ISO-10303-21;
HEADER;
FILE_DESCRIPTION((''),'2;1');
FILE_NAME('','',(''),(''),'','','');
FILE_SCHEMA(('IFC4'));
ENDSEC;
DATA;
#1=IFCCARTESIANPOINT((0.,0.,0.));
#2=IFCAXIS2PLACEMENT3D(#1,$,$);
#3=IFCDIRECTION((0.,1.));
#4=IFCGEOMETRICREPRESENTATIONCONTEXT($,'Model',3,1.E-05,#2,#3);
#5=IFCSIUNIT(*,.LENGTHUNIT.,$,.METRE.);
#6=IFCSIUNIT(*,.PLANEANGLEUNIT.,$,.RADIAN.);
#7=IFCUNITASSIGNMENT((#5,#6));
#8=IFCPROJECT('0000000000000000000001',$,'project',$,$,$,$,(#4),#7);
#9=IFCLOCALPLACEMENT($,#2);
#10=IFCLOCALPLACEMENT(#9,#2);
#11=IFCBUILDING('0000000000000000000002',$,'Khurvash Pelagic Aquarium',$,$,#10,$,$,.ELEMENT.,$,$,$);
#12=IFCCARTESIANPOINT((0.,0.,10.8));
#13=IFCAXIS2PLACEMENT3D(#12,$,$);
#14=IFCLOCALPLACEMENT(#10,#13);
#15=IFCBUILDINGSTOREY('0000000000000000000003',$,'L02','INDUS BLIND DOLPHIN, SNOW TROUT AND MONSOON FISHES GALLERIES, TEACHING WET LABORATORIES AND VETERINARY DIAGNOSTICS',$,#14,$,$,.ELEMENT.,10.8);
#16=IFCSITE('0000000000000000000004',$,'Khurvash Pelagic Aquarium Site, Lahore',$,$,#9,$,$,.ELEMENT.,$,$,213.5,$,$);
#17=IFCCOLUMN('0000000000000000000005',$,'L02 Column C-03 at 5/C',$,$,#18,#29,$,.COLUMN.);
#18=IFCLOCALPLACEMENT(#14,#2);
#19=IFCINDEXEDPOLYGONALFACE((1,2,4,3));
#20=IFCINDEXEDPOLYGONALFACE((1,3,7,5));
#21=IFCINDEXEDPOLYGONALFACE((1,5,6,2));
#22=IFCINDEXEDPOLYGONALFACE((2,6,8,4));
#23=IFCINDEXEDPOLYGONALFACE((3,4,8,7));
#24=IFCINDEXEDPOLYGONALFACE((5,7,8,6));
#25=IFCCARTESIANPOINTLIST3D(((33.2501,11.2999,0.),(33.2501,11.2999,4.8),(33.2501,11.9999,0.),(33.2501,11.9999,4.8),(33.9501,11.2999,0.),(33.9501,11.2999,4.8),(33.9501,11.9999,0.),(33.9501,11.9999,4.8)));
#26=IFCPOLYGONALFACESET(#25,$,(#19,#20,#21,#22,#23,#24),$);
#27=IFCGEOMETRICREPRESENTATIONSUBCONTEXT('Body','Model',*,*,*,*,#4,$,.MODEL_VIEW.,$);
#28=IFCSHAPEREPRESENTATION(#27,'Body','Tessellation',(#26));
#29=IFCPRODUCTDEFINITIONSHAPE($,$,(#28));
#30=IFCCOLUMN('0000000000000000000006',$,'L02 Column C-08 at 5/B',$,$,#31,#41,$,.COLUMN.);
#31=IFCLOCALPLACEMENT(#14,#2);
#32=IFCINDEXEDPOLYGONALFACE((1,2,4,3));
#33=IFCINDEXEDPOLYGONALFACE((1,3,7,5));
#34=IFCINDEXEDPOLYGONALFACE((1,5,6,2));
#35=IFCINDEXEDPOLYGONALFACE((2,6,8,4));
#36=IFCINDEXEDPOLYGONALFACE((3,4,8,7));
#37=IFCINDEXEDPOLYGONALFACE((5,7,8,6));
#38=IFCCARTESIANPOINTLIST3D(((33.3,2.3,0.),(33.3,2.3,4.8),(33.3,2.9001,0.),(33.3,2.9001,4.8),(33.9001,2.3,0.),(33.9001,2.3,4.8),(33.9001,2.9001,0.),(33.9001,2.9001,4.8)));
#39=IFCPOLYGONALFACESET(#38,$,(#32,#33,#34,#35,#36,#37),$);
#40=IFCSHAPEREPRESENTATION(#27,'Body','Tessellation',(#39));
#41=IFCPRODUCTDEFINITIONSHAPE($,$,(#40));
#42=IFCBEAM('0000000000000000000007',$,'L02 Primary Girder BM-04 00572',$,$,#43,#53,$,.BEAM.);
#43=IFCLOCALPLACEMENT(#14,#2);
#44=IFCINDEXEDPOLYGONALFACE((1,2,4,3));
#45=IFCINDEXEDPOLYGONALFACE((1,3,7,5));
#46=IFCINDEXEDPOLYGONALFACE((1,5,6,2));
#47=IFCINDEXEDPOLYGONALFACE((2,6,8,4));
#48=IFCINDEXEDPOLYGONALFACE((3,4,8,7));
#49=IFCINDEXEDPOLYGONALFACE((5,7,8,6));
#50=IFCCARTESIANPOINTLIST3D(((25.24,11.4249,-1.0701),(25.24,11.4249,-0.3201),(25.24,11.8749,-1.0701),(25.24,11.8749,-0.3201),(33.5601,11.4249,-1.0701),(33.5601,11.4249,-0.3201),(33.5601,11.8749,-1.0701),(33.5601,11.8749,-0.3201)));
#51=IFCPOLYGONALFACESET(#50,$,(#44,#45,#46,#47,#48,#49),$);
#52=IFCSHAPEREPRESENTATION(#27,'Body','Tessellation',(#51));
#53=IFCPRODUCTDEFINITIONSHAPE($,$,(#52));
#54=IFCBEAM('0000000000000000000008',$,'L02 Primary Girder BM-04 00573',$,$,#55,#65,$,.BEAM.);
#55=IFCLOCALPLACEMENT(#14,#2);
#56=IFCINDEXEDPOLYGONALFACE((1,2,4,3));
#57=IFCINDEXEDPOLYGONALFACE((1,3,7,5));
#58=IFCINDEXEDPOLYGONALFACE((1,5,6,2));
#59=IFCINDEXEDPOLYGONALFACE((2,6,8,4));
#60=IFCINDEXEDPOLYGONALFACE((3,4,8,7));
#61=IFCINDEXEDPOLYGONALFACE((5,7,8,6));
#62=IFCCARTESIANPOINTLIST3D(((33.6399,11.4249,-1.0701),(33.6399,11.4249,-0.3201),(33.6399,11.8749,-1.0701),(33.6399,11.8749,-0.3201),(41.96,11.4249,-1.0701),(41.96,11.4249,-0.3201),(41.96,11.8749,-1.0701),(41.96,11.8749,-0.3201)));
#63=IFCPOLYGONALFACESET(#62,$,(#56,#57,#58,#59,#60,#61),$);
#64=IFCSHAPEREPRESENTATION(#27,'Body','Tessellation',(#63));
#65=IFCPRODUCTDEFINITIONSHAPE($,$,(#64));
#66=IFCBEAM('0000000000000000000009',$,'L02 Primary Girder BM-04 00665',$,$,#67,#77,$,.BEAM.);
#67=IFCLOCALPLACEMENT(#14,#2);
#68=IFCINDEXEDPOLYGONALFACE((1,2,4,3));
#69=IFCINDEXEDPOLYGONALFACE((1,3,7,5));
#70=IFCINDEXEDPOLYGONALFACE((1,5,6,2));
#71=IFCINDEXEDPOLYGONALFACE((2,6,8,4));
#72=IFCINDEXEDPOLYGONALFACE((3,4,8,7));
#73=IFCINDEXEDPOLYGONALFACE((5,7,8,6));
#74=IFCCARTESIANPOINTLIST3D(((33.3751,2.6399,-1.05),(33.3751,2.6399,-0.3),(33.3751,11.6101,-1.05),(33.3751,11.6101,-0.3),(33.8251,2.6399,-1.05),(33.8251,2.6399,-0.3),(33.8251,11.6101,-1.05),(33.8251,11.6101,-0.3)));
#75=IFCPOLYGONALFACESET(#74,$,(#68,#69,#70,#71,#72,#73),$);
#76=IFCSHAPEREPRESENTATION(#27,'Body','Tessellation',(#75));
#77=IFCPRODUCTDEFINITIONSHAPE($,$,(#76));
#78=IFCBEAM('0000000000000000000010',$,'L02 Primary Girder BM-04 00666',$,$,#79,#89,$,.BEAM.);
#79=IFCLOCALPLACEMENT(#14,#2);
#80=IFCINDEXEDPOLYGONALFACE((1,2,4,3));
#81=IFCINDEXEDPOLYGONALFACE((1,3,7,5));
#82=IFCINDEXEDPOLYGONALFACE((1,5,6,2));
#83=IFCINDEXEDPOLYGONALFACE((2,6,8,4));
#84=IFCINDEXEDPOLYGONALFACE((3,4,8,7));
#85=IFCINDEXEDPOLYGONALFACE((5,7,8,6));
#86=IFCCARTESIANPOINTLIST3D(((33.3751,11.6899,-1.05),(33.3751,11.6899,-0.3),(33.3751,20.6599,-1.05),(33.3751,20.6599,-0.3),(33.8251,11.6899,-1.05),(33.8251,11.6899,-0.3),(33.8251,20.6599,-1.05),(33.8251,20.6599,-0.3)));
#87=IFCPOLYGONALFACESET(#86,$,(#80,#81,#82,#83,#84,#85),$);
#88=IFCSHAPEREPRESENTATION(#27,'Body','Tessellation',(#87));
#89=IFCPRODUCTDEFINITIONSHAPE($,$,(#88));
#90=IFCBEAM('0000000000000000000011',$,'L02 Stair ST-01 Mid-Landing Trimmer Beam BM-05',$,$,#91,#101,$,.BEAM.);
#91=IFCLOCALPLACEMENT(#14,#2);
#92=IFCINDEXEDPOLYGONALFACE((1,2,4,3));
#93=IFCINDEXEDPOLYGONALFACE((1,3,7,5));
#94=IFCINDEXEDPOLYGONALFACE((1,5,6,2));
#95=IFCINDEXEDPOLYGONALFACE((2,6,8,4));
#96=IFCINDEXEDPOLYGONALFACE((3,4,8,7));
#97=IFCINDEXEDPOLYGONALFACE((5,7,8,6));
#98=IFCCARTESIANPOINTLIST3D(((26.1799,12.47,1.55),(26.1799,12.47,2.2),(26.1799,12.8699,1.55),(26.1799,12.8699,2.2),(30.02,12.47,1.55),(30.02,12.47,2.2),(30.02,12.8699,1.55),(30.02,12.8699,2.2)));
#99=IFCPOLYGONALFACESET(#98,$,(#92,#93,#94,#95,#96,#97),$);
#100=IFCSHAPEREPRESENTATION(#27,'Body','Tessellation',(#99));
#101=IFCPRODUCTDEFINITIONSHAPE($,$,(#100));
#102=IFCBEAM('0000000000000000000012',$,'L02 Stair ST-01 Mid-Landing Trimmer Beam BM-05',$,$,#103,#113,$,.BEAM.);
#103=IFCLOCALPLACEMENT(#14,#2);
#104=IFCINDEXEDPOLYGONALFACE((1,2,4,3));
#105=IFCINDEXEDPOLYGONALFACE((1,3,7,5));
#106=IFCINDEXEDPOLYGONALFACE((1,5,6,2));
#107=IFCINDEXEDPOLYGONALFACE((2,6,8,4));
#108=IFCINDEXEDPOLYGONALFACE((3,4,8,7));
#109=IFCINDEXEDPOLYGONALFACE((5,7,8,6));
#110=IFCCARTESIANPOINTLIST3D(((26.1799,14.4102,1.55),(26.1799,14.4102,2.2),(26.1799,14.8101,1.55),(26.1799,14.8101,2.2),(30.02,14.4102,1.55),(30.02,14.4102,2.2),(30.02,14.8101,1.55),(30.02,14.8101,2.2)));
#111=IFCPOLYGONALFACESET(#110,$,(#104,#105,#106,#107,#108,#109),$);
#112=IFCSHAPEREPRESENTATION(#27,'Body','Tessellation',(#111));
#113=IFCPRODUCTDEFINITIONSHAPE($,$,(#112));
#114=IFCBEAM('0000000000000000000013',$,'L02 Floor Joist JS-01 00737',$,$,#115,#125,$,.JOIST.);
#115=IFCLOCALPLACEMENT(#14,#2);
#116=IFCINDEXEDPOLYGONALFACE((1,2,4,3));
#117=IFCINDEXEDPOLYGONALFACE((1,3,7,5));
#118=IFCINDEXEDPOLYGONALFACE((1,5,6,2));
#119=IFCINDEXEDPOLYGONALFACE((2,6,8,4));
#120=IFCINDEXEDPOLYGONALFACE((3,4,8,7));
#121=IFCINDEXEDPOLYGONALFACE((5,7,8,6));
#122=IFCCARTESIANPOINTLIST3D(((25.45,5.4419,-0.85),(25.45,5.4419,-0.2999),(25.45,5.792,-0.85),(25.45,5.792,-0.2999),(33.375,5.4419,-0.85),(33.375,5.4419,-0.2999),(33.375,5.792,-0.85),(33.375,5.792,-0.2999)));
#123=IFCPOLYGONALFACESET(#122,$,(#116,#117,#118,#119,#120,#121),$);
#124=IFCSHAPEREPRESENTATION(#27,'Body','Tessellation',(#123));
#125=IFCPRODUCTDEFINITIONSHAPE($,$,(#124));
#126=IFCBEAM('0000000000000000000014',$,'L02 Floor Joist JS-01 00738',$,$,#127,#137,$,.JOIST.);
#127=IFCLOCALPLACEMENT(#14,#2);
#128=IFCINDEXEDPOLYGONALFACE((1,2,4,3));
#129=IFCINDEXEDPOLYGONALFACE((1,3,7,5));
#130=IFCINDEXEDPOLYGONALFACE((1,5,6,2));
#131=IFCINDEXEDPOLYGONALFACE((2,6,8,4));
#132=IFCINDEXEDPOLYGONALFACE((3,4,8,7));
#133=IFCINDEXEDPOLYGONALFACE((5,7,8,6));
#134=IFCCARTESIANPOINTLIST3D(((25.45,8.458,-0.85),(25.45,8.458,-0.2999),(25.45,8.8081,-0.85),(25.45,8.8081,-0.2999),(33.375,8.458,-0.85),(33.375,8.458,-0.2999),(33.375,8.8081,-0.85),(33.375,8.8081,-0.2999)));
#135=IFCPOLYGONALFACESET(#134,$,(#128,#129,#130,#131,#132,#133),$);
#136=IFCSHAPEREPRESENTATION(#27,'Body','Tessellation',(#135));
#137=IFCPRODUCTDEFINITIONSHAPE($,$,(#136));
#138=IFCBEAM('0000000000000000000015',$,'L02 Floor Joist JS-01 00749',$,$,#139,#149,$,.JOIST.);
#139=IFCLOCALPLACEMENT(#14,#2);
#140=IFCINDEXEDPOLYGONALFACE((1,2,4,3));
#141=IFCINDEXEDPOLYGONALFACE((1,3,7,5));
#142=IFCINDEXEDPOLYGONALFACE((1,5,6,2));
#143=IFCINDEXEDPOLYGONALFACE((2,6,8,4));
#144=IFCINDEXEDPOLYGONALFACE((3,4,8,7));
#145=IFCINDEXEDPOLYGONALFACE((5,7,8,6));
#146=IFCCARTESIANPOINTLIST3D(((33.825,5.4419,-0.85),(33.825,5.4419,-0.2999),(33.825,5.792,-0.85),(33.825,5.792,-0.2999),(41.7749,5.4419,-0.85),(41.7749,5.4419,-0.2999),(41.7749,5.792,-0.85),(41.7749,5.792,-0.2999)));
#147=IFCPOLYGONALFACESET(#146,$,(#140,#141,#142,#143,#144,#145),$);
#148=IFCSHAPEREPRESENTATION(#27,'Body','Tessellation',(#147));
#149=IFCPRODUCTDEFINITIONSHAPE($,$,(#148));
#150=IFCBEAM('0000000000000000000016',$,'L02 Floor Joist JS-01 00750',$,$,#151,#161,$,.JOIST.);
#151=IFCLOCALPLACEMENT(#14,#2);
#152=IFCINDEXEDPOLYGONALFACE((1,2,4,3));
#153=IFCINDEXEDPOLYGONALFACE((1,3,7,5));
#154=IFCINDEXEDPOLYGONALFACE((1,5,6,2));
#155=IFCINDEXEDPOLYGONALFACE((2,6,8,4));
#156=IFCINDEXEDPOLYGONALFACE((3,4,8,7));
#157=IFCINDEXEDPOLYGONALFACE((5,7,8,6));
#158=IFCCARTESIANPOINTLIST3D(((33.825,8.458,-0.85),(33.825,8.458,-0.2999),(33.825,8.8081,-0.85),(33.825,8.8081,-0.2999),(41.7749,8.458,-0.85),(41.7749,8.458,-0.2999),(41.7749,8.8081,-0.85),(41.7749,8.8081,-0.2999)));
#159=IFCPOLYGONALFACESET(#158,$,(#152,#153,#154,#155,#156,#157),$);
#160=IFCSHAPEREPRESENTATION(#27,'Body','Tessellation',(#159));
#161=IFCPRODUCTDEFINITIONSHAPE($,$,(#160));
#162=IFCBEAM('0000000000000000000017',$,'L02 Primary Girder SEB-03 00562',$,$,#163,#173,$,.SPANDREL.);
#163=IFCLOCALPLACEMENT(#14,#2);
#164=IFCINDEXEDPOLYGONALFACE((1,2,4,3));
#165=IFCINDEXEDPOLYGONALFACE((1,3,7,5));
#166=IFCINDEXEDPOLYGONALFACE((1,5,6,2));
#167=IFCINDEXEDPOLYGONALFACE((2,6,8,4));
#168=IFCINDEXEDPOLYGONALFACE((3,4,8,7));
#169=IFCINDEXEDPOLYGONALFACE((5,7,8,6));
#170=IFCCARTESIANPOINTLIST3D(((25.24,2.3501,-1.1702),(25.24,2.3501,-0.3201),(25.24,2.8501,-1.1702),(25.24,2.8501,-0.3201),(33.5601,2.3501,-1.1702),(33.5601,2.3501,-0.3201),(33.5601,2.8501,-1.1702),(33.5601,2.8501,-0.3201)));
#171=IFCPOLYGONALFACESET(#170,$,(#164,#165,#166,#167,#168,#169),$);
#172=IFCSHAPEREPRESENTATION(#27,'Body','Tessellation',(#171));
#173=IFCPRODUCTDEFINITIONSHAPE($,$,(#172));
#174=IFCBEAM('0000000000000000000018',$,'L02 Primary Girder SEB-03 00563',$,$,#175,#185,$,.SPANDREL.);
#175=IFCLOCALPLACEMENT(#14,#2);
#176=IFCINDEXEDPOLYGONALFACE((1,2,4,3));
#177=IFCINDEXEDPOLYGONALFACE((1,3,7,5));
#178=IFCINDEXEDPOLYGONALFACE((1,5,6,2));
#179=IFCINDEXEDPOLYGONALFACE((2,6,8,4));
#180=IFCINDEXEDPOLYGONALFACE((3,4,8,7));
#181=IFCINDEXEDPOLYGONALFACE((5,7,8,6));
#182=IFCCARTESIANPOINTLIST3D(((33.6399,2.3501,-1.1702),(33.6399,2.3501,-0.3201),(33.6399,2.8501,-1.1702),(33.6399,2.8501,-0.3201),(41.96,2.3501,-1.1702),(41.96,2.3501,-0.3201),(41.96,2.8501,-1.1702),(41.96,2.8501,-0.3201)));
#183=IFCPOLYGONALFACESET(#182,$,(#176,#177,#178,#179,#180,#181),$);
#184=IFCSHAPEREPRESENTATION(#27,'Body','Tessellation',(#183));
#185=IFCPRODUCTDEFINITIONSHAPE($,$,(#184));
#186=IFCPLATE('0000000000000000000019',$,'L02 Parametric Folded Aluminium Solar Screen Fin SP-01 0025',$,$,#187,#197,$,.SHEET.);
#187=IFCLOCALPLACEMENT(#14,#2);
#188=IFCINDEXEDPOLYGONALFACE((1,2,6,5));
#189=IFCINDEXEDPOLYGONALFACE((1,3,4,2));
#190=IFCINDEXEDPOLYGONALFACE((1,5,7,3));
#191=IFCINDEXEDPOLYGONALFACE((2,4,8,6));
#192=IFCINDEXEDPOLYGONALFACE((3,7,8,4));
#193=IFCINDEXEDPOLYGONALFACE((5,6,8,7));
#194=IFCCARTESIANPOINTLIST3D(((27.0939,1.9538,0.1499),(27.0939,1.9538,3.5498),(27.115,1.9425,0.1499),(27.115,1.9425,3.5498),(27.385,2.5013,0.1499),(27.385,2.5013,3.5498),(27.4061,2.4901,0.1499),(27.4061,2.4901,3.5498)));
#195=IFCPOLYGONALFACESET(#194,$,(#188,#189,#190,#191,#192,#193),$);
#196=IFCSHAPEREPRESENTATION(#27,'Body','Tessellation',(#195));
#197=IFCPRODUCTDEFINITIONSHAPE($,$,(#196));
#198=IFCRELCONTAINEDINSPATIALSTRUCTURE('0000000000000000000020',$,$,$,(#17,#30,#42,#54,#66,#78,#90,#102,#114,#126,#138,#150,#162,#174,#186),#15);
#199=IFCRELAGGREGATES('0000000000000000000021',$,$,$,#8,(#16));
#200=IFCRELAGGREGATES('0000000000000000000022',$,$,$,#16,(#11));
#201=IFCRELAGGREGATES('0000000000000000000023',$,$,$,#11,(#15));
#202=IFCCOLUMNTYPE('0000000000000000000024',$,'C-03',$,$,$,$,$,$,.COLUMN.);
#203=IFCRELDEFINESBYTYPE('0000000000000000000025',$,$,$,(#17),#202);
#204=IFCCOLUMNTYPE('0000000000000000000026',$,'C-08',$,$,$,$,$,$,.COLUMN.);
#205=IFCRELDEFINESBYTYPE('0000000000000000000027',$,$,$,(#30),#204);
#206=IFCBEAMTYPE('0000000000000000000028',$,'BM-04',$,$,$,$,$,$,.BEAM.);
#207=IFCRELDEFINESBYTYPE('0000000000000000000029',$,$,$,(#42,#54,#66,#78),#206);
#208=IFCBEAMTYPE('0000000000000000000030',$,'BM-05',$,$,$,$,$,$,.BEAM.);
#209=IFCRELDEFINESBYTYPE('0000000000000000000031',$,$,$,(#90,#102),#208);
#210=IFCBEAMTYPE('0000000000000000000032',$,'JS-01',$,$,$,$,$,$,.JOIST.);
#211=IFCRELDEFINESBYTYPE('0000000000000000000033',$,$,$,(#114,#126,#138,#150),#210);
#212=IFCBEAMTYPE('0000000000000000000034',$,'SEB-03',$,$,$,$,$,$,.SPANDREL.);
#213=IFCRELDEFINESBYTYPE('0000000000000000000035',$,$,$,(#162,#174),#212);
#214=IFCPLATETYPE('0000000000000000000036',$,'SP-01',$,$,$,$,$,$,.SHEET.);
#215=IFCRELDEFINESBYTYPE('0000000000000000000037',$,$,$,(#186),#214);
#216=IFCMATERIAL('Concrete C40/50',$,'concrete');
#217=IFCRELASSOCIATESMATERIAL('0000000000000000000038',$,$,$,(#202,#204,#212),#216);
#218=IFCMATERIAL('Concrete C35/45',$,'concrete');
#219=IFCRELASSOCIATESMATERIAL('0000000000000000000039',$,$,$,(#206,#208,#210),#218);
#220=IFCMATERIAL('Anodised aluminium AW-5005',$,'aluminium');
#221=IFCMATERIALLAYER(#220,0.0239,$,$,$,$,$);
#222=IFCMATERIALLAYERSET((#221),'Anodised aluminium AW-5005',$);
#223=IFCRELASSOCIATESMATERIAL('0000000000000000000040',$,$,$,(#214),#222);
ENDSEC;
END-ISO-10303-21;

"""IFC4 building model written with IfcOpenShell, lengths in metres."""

from ifc_helpers import new_model, si_unit, direction, frame, origin, origin_2d, place, context, subcontext, project, spatial, rectangle, extrude, material, layer, layer_set, material_profile, profile_set, type_object, element, save


model = new_model("IFC4")

# Units and contexts
model_context = context("Model", 3, precision=1e-05, world=origin(), true_north=direction((0.0, 1.0)))
body_context = subcontext(model_context, "Body", "Model", "MODEL_VIEW")
ifc_project = project(units=[si_unit("LENGTHUNIT", "METRE"), si_unit("PLANEANGLEUNIT", "RADIAN")], contexts=[model_context])

# Site, building, storey
site_placement = place(None, origin())
site = spatial("IfcSite", under=ifc_project, at=site_placement, Name="Khurvash Pelagic Aquarium Site, Lahore", CompositionType="ELEMENT", RefElevation=213.5)
building_placement = place(site_placement, origin())
building = spatial("IfcBuilding", under=site, at=building_placement, Name="Khurvash Pelagic Aquarium", CompositionType="ELEMENT")
storey_placement = place(building_placement, frame((0.0, 0.0, 10.8)))
storey = spatial("IfcBuildingStorey", under=building, at=storey_placement, Name="L02", Description="INDUS BLIND DOLPHIN, SNOW TROUT AND MONSOON FISHES GALLERIES, TEACHING WET LABORATORIES AND VETERINARY DIAGNOSTICS", CompositionType="ELEMENT", Elevation=10.8)

# Columns
ifc_material_1 = material(Name="Concrete C40/50", Category="concrete")
ifc_material_profile_1 = material_profile(ifc_material_1, rectangle(XDim=0.7, YDim=0.7, at=origin_2d()), Name="RC700X700")
ifc_profile_set_1 = profile_set([ifc_material_profile_1], Name="Concrete C40/50")
column_type_1 = type_object("IfcColumnType", Name="C-03", PredefinedType="COLUMN", material=ifc_profile_set_1)
column_1_placement = place(storey_placement, frame((33.6001, 11.6499, 0.0), z_axis=(0.0, 0.0, 1.0), x_axis=(1.0, 0.0, 0.0)))
element("IfcColumn", 1, at=column_1_placement, inside=storey, type_object=column_type_1, Name="L02 Column C-03 at 5/C", PredefinedType="COLUMN", context=body_context, shape_type="SweptSolid", body=[
    extrude(rectangle(XDim=0.7, YDim=0.7, at=origin_2d()), origin(), (0.0, 0.0, 1.0), 4.8),
])
ifc_material_profile_2 = material_profile(ifc_material_1, rectangle(XDim=0.6001, YDim=0.6001, at=origin_2d()), Name="RC600X600")
ifc_profile_set_2 = profile_set([ifc_material_profile_2], Name="Concrete C40/50")
column_type_2 = type_object("IfcColumnType", Name="C-08", PredefinedType="COLUMN", material=ifc_profile_set_2)
column_2_placement = place(storey_placement, frame((33.6001, 2.6001, 0.0), z_axis=(0.0, 0.0, 1.0), x_axis=(1.0, 0.0, 0.0)))
element("IfcColumn", 2, at=column_2_placement, inside=storey, type_object=column_type_2, Name="L02 Column C-08 at 5/B", PredefinedType="COLUMN", context=body_context, shape_type="SweptSolid", body=[
    extrude(rectangle(XDim=0.6001, YDim=0.6001, at=origin_2d()), origin(), (0.0, 0.0, 1.0), 4.8),
])

# Beams
ifc_material_2 = material(Name="Concrete C35/45", Category="concrete")
ifc_material_profile_3 = material_profile(ifc_material_2, rectangle(XDim=0.45, YDim=0.75, at=origin_2d()), Name="RC450X750")
ifc_profile_set_3 = profile_set([ifc_material_profile_3], Name="Concrete C35/45")
beam_type_1 = type_object("IfcBeamType", Name="BM-04", PredefinedType="BEAM", material=ifc_profile_set_3)
for number, where, z_axis, x_axis, name in (
    (3, (25.24, 11.6499, -0.6951), (1.0, 0.0, 0.0), (0.0, 1.0, 0.0), "L02 Primary Girder BM-04 00572"),
    (4, (33.6399, 11.6499, -0.6951), (1.0, 0.0, 0.0), (0.0, 1.0, 0.0), "L02 Primary Girder BM-04 00573"),
):
    element("IfcBeam", number, at=place(storey_placement, frame(where, z_axis=z_axis, x_axis=x_axis)), inside=storey, type_object=beam_type_1, Name=name, PredefinedType="BEAM", context=body_context, shape_type="SweptSolid", body=[
        extrude(rectangle(XDim=0.45, YDim=0.75, at=origin_2d()), origin(), (0.0, 0.0, 1.0), 8.3201),
    ])
beam_1_placement = place(storey_placement, frame((33.6001, 2.6399, -0.675), z_axis=(0.0, 1.0, 0.0), x_axis=(-1.0, 0.0, 0.0)))
element("IfcBeam", 5, at=beam_1_placement, inside=storey, type_object=beam_type_1, Name="L02 Primary Girder BM-04 00665", PredefinedType="BEAM", context=body_context, shape_type="SweptSolid", body=[
    extrude(rectangle(XDim=0.45, YDim=0.75, at=origin_2d()), origin(), (0.0, 0.0, 1.0), 8.9702),
])
beam_2_placement = place(storey_placement, frame((33.6001, 11.6899, -0.675), z_axis=(0.0, 1.0, 0.0), x_axis=(-1.0, 0.0, 0.0)))
element("IfcBeam", 6, at=beam_2_placement, inside=storey, type_object=beam_type_1, Name="L02 Primary Girder BM-04 00666", PredefinedType="BEAM", context=body_context, shape_type="SweptSolid", body=[
    extrude(rectangle(XDim=0.45, YDim=0.75, at=origin_2d()), origin(), (0.0, 0.0, 1.0), 8.97),
])
ifc_material_profile_4 = material_profile(ifc_material_2, rectangle(XDim=0.3999, YDim=0.6499, at=origin_2d()), Name="RC400X650")
ifc_profile_set_4 = profile_set([ifc_material_profile_4], Name="Concrete C35/45")
beam_type_2 = type_object("IfcBeamType", Name="BM-05", PredefinedType="BEAM", material=ifc_profile_set_4)
for number, where, z_axis, x_axis, name in (
    (7, (26.1799, 12.6699, 1.875), (1.0, 0.0, 0.0), (0.0, 1.0, 0.0), "L02 Stair ST-01 Mid-Landing Trimmer Beam BM-05"),
    (8, (26.1799, 14.6101, 1.875), (1.0, 0.0, 0.0), (0.0, 1.0, 0.0), "L02 Stair ST-01 Mid-Landing Trimmer Beam BM-05"),
):
    element("IfcBeam", number, at=place(storey_placement, frame(where, z_axis=z_axis, x_axis=x_axis)), inside=storey, type_object=beam_type_2, Name=name, PredefinedType="BEAM", context=body_context, shape_type="SweptSolid", body=[
        extrude(rectangle(XDim=0.3999, YDim=0.6499, at=origin_2d()), origin(), (0.0, 0.0, 1.0), 3.8401),
    ])
ifc_material_profile_5 = material_profile(ifc_material_2, rectangle(XDim=0.3501, YDim=0.55, at=origin_2d()), Name="RC350X550")
ifc_profile_set_5 = profile_set([ifc_material_profile_5], Name="Concrete C35/45")
beam_type_3 = type_object("IfcBeamType", Name="JS-01", PredefinedType="JOIST", material=ifc_profile_set_5)
for number, where, z_axis, x_axis, name in (
    (9, (25.45, 5.6169, -0.575), (1.0, 0.0, 0.0), (0.0, 1.0, 0.0), "L02 Floor Joist JS-01 00737"),
    (10, (25.45, 8.6331, -0.575), (1.0, 0.0, 0.0), (0.0, 1.0, 0.0), "L02 Floor Joist JS-01 00738"),
):
    element("IfcBeam", number, at=place(storey_placement, frame(where, z_axis=z_axis, x_axis=x_axis)), inside=storey, type_object=beam_type_3, Name=name, PredefinedType="JOIST", context=body_context, shape_type="SweptSolid", body=[
        extrude(rectangle(XDim=0.3501, YDim=0.55, at=origin_2d()), origin(), (0.0, 0.0, 1.0), 7.925),
    ])
for number, where, z_axis, x_axis, name in (
    (11, (33.825, 5.6169, -0.575), (1.0, 0.0, 0.0), (0.0, 1.0, 0.0), "L02 Floor Joist JS-01 00749"),
    (12, (33.825, 8.6331, -0.575), (1.0, 0.0, 0.0), (0.0, 1.0, 0.0), "L02 Floor Joist JS-01 00750"),
):
    element("IfcBeam", number, at=place(storey_placement, frame(where, z_axis=z_axis, x_axis=x_axis)), inside=storey, type_object=beam_type_3, Name=name, PredefinedType="JOIST", context=body_context, shape_type="SweptSolid", body=[
        extrude(rectangle(XDim=0.3501, YDim=0.55, at=origin_2d()), origin(), (0.0, 0.0, 1.0), 7.95),
    ])
ifc_material_profile_6 = material_profile(ifc_material_1, rectangle(XDim=0.5, YDim=0.8501, at=origin_2d()), Name="RC500X850")
ifc_profile_set_6 = profile_set([ifc_material_profile_6], Name="Concrete C40/50")
beam_type_4 = type_object("IfcBeamType", Name="SEB-03", PredefinedType="SPANDREL", material=ifc_profile_set_6)
for number, where, z_axis, x_axis, name in (
    (13, (25.24, 2.6001, -0.7451), (1.0, 0.0, 0.0), (0.0, 1.0, 0.0), "L02 Primary Girder SEB-03 00562"),
    (14, (33.6399, 2.6001, -0.7451), (1.0, 0.0, 0.0), (0.0, 1.0, 0.0), "L02 Primary Girder SEB-03 00563"),
):
    element("IfcBeam", number, at=place(storey_placement, frame(where, z_axis=z_axis, x_axis=x_axis)), inside=storey, type_object=beam_type_4, Name=name, PredefinedType="SPANDREL", context=body_context, shape_type="SweptSolid", body=[
        extrude(rectangle(XDim=0.5, YDim=0.8501, at=origin_2d()), origin(), (0.0, 0.0, 1.0), 8.3201),
    ])

# Plate
ifc_material_3 = material(Name="Anodised aluminium AW-5005", Category="aluminium")
ifc_layer_1 = layer(ifc_material_3, 0.0239)
ifc_layer_set_1 = layer_set([ifc_layer_1], Name="Anodised aluminium AW-5005")
plate_type = type_object("IfcPlateType", Name="SP-01", PredefinedType="SHEET", material=ifc_layer_set_1)
for number, where, z_axis, x_axis, name in (
    (15, (27.25, 2.2219, 0.1499), (0.0, 0.0, 1.0), (-0.469472, -0.882948, 0.0), "L02 Parametric Folded Aluminium Solar Screen Fin SP-01 0025"),
):
    element("IfcPlate", number, at=place(storey_placement, frame(where, z_axis=z_axis, x_axis=x_axis)), inside=storey, type_object=plate_type, Name=name, PredefinedType="SHEET", context=body_context, shape_type="SweptSolid", body=[
        extrude(rectangle(XDim=0.6201, YDim=0.0239, at=origin_2d()), origin(), (0.0, 0.0, 1.0), 3.3999),
    ])

save(model, "model.ifc")
